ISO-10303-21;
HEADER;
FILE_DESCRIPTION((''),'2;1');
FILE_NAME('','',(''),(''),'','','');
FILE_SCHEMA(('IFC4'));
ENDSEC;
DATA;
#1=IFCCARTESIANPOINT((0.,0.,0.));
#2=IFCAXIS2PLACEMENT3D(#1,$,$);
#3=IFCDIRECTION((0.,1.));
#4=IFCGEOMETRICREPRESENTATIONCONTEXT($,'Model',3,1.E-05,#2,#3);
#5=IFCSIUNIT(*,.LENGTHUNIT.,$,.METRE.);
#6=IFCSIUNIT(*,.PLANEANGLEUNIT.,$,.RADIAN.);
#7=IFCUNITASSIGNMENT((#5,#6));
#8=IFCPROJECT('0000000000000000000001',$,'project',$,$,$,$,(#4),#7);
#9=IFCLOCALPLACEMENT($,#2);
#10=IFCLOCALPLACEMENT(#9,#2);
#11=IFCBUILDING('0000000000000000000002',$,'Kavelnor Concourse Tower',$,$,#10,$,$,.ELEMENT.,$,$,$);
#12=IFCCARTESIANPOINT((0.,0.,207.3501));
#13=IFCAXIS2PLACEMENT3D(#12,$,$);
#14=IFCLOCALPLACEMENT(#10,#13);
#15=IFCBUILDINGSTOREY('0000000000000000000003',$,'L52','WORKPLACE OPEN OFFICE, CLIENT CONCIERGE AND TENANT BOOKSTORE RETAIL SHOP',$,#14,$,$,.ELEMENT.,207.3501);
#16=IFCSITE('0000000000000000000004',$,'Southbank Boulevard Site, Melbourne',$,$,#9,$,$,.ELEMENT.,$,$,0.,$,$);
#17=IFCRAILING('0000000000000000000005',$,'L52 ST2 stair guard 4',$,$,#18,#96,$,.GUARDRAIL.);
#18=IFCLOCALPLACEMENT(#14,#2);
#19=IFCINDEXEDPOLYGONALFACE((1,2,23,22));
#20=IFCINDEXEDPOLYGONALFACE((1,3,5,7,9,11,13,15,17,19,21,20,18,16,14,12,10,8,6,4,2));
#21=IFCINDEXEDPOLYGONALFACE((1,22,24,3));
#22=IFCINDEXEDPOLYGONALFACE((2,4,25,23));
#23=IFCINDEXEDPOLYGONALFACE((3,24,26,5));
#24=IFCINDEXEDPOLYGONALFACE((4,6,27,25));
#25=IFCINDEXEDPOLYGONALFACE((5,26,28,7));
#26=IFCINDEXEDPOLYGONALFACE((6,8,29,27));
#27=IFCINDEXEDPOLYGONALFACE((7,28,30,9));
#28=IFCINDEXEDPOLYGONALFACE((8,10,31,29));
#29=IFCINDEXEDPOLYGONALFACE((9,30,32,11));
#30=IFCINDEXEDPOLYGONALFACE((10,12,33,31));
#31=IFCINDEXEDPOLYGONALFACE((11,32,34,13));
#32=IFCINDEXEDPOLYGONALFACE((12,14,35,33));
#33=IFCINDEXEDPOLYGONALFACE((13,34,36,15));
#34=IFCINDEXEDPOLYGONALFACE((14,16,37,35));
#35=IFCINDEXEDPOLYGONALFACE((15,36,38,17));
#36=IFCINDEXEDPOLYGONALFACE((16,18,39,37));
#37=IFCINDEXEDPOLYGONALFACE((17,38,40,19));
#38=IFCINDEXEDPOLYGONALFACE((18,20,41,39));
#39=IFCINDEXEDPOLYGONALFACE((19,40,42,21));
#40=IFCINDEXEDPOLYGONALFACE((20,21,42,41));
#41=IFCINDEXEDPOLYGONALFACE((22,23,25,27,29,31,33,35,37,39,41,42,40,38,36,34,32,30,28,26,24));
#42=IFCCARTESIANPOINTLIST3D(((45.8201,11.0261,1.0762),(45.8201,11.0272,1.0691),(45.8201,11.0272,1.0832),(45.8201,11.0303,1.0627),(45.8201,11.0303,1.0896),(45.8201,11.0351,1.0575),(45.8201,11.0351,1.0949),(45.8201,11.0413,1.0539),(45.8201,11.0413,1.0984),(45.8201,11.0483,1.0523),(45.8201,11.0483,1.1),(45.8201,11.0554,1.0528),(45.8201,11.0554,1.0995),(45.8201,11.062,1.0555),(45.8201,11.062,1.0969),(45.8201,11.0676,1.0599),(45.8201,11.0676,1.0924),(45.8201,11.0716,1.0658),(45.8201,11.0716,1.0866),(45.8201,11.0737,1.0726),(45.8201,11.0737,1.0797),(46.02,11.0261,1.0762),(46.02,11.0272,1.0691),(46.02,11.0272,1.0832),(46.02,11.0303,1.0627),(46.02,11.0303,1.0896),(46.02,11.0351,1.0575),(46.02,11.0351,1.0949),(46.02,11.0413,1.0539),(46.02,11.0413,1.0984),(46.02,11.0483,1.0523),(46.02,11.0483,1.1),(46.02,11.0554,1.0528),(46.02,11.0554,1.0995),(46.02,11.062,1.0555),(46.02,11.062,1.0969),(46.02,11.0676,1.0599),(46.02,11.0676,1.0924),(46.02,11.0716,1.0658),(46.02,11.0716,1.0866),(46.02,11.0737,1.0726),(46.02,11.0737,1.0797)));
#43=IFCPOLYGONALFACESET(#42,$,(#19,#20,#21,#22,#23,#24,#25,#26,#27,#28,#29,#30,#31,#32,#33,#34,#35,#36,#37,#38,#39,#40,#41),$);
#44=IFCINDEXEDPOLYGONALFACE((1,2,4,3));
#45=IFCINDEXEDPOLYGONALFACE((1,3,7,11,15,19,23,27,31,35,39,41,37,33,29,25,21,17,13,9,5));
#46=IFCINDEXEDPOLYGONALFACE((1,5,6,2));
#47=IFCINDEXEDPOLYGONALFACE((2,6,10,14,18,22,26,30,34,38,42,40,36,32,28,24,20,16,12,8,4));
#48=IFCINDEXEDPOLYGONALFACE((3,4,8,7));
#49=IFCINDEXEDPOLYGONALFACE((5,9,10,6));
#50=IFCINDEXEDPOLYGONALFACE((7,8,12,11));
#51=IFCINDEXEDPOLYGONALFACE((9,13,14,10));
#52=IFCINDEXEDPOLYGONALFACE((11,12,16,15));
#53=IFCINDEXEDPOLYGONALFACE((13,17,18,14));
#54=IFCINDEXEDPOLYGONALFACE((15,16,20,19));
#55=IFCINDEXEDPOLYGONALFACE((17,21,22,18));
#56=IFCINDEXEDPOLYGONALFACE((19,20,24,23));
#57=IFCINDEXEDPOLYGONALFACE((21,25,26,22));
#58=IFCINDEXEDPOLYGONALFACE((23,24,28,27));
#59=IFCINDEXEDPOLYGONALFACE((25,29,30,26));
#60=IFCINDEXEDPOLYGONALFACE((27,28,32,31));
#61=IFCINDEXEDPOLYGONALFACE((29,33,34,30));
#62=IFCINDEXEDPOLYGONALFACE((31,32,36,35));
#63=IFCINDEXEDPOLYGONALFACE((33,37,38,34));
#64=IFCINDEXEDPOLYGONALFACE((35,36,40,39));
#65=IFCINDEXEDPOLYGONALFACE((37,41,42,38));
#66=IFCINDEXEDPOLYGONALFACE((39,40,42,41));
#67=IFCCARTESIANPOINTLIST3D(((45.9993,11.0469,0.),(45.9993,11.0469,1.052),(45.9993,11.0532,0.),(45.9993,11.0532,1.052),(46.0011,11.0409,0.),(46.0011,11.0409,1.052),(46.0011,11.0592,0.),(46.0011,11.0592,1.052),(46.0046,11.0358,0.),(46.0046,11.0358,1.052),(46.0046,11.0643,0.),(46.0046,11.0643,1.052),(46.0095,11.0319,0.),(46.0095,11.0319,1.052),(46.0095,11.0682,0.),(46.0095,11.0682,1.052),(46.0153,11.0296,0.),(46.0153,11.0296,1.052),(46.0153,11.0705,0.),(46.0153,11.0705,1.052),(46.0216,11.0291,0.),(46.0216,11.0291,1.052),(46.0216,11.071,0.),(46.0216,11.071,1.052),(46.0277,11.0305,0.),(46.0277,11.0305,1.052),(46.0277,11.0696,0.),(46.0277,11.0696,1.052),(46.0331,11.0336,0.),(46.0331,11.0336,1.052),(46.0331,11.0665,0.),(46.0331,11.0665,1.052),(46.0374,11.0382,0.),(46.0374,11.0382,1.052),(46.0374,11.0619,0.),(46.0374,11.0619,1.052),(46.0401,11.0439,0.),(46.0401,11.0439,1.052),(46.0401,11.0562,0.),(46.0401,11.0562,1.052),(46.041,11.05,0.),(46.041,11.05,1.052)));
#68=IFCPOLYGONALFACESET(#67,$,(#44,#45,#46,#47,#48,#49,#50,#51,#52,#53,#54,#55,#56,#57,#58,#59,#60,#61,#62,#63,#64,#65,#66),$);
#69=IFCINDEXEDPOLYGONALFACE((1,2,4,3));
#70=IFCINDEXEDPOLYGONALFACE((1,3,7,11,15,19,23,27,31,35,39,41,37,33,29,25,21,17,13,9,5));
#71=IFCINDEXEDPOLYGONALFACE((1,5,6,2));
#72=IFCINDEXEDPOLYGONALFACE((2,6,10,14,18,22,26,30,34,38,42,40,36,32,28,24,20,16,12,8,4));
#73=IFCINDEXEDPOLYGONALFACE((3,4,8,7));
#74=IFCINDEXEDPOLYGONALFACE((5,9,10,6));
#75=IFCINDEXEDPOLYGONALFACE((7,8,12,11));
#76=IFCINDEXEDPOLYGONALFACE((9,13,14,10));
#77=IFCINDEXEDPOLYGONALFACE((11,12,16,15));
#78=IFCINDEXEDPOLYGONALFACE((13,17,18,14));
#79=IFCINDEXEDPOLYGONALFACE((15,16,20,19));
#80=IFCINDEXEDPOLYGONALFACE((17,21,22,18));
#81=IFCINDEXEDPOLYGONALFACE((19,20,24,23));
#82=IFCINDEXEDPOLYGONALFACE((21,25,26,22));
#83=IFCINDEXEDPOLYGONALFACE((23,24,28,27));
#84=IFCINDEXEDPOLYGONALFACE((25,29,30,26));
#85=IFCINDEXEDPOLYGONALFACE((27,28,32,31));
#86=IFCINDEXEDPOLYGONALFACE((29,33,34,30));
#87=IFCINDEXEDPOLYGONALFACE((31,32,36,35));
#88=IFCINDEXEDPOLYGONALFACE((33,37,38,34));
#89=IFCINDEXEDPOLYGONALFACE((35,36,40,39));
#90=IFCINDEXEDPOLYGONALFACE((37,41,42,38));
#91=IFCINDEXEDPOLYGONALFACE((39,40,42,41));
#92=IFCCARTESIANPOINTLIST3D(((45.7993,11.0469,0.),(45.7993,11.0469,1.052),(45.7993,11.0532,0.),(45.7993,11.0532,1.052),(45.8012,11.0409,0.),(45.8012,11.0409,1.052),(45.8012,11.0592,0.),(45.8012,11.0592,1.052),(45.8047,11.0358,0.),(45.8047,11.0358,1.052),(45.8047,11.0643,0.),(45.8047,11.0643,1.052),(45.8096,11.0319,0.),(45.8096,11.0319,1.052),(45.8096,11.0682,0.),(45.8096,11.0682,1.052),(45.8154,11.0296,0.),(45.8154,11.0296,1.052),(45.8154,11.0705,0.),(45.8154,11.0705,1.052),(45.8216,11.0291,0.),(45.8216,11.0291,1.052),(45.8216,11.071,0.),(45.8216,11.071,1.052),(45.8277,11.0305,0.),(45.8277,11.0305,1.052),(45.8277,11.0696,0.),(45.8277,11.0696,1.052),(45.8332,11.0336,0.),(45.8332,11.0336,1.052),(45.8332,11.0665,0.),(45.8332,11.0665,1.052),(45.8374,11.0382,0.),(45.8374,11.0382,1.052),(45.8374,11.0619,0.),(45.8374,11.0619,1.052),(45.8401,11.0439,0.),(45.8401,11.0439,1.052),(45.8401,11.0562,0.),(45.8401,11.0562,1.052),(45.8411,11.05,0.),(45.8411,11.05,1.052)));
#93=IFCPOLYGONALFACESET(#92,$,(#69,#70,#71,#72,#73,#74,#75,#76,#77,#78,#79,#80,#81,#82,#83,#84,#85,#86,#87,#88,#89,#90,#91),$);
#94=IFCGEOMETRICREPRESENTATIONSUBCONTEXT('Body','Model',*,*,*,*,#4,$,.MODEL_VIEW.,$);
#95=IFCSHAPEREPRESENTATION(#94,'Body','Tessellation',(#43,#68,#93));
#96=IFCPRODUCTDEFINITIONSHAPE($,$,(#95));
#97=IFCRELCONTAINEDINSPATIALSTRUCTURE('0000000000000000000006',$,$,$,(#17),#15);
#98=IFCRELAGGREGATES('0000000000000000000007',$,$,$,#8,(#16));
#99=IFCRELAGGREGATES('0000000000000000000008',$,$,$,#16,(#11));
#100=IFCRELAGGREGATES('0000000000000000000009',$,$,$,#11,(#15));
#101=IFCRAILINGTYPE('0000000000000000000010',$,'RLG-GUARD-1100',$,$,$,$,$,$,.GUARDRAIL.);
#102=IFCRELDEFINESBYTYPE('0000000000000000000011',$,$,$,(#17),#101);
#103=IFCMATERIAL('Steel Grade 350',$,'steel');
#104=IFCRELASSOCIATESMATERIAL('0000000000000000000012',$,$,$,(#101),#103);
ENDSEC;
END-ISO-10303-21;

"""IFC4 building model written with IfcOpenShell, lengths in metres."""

from ifc_helpers import new_model, si_unit, direction, frame, origin, origin_2d, place, context, subcontext, project, spatial, circle, extrude, material, type_object, element, save


model = new_model("IFC4")

# Units and contexts
model_context = context("Model", 3, precision=1e-05, world=origin(), true_north=direction((0.0, 1.0)))
body_context = subcontext(model_context, "Body", "Model", "MODEL_VIEW")
ifc_project = project(units=[si_unit("LENGTHUNIT", "METRE"), si_unit("PLANEANGLEUNIT", "RADIAN")], contexts=[model_context])

# Site, building, storey
site_placement = place(None, origin())
site = spatial("IfcSite", under=ifc_project, at=site_placement, Name="Southbank Boulevard Site, Melbourne", CompositionType="ELEMENT", RefElevation=0.0)
building_placement = place(site_placement, origin())
building = spatial("IfcBuilding", under=site, at=building_placement, Name="Kavelnor Concourse Tower", CompositionType="ELEMENT")
storey_placement = place(building_placement, frame((0.0, 0.0, 207.3501)))
storey = spatial("IfcBuildingStorey", under=building, at=storey_placement, Name="L52", Description="WORKPLACE OPEN OFFICE, CLIENT CONCIERGE AND TENANT BOOKSTORE RETAIL SHOP", CompositionType="ELEMENT", Elevation=207.3501)

# Shared definitions
ifc_material_1 = material(Name="Steel Grade 350", Category="steel")

# Railing
railing_type_1 = type_object("IfcRailingType", Name="RLG-GUARD-1100", PredefinedType="GUARDRAIL", material=ifc_material_1)
railing_1_placement = place(storey_placement, frame((46.02, 11.05, 0.0)))
element("IfcRailing", 1, at=railing_1_placement, inside=storey, type_object=railing_type_1, Name="L52 ST2 stair guard 4", PredefinedType="GUARDRAIL", context=body_context, shape_type="SweptSolid", body=[
    extrude(circle(Radius=0.0239, at=origin_2d()), frame((0.0, 0.0, 1.0762), z_axis=(-1.0, 0.0, 0.0), x_axis=(0.0, -1.0, 0.0)), (0.0, 0.0, 1.0), 0.2),
    extrude(circle(Radius=0.021, at=origin_2d()), origin(), (0.0, 0.0, 1.0), 1.052),
    extrude(circle(Radius=0.021, at=origin_2d()), frame((-0.2, 0.0, 0.0)), (0.0, 0.0, 1.0), 1.052),
])

save(model, "model.ifc")
